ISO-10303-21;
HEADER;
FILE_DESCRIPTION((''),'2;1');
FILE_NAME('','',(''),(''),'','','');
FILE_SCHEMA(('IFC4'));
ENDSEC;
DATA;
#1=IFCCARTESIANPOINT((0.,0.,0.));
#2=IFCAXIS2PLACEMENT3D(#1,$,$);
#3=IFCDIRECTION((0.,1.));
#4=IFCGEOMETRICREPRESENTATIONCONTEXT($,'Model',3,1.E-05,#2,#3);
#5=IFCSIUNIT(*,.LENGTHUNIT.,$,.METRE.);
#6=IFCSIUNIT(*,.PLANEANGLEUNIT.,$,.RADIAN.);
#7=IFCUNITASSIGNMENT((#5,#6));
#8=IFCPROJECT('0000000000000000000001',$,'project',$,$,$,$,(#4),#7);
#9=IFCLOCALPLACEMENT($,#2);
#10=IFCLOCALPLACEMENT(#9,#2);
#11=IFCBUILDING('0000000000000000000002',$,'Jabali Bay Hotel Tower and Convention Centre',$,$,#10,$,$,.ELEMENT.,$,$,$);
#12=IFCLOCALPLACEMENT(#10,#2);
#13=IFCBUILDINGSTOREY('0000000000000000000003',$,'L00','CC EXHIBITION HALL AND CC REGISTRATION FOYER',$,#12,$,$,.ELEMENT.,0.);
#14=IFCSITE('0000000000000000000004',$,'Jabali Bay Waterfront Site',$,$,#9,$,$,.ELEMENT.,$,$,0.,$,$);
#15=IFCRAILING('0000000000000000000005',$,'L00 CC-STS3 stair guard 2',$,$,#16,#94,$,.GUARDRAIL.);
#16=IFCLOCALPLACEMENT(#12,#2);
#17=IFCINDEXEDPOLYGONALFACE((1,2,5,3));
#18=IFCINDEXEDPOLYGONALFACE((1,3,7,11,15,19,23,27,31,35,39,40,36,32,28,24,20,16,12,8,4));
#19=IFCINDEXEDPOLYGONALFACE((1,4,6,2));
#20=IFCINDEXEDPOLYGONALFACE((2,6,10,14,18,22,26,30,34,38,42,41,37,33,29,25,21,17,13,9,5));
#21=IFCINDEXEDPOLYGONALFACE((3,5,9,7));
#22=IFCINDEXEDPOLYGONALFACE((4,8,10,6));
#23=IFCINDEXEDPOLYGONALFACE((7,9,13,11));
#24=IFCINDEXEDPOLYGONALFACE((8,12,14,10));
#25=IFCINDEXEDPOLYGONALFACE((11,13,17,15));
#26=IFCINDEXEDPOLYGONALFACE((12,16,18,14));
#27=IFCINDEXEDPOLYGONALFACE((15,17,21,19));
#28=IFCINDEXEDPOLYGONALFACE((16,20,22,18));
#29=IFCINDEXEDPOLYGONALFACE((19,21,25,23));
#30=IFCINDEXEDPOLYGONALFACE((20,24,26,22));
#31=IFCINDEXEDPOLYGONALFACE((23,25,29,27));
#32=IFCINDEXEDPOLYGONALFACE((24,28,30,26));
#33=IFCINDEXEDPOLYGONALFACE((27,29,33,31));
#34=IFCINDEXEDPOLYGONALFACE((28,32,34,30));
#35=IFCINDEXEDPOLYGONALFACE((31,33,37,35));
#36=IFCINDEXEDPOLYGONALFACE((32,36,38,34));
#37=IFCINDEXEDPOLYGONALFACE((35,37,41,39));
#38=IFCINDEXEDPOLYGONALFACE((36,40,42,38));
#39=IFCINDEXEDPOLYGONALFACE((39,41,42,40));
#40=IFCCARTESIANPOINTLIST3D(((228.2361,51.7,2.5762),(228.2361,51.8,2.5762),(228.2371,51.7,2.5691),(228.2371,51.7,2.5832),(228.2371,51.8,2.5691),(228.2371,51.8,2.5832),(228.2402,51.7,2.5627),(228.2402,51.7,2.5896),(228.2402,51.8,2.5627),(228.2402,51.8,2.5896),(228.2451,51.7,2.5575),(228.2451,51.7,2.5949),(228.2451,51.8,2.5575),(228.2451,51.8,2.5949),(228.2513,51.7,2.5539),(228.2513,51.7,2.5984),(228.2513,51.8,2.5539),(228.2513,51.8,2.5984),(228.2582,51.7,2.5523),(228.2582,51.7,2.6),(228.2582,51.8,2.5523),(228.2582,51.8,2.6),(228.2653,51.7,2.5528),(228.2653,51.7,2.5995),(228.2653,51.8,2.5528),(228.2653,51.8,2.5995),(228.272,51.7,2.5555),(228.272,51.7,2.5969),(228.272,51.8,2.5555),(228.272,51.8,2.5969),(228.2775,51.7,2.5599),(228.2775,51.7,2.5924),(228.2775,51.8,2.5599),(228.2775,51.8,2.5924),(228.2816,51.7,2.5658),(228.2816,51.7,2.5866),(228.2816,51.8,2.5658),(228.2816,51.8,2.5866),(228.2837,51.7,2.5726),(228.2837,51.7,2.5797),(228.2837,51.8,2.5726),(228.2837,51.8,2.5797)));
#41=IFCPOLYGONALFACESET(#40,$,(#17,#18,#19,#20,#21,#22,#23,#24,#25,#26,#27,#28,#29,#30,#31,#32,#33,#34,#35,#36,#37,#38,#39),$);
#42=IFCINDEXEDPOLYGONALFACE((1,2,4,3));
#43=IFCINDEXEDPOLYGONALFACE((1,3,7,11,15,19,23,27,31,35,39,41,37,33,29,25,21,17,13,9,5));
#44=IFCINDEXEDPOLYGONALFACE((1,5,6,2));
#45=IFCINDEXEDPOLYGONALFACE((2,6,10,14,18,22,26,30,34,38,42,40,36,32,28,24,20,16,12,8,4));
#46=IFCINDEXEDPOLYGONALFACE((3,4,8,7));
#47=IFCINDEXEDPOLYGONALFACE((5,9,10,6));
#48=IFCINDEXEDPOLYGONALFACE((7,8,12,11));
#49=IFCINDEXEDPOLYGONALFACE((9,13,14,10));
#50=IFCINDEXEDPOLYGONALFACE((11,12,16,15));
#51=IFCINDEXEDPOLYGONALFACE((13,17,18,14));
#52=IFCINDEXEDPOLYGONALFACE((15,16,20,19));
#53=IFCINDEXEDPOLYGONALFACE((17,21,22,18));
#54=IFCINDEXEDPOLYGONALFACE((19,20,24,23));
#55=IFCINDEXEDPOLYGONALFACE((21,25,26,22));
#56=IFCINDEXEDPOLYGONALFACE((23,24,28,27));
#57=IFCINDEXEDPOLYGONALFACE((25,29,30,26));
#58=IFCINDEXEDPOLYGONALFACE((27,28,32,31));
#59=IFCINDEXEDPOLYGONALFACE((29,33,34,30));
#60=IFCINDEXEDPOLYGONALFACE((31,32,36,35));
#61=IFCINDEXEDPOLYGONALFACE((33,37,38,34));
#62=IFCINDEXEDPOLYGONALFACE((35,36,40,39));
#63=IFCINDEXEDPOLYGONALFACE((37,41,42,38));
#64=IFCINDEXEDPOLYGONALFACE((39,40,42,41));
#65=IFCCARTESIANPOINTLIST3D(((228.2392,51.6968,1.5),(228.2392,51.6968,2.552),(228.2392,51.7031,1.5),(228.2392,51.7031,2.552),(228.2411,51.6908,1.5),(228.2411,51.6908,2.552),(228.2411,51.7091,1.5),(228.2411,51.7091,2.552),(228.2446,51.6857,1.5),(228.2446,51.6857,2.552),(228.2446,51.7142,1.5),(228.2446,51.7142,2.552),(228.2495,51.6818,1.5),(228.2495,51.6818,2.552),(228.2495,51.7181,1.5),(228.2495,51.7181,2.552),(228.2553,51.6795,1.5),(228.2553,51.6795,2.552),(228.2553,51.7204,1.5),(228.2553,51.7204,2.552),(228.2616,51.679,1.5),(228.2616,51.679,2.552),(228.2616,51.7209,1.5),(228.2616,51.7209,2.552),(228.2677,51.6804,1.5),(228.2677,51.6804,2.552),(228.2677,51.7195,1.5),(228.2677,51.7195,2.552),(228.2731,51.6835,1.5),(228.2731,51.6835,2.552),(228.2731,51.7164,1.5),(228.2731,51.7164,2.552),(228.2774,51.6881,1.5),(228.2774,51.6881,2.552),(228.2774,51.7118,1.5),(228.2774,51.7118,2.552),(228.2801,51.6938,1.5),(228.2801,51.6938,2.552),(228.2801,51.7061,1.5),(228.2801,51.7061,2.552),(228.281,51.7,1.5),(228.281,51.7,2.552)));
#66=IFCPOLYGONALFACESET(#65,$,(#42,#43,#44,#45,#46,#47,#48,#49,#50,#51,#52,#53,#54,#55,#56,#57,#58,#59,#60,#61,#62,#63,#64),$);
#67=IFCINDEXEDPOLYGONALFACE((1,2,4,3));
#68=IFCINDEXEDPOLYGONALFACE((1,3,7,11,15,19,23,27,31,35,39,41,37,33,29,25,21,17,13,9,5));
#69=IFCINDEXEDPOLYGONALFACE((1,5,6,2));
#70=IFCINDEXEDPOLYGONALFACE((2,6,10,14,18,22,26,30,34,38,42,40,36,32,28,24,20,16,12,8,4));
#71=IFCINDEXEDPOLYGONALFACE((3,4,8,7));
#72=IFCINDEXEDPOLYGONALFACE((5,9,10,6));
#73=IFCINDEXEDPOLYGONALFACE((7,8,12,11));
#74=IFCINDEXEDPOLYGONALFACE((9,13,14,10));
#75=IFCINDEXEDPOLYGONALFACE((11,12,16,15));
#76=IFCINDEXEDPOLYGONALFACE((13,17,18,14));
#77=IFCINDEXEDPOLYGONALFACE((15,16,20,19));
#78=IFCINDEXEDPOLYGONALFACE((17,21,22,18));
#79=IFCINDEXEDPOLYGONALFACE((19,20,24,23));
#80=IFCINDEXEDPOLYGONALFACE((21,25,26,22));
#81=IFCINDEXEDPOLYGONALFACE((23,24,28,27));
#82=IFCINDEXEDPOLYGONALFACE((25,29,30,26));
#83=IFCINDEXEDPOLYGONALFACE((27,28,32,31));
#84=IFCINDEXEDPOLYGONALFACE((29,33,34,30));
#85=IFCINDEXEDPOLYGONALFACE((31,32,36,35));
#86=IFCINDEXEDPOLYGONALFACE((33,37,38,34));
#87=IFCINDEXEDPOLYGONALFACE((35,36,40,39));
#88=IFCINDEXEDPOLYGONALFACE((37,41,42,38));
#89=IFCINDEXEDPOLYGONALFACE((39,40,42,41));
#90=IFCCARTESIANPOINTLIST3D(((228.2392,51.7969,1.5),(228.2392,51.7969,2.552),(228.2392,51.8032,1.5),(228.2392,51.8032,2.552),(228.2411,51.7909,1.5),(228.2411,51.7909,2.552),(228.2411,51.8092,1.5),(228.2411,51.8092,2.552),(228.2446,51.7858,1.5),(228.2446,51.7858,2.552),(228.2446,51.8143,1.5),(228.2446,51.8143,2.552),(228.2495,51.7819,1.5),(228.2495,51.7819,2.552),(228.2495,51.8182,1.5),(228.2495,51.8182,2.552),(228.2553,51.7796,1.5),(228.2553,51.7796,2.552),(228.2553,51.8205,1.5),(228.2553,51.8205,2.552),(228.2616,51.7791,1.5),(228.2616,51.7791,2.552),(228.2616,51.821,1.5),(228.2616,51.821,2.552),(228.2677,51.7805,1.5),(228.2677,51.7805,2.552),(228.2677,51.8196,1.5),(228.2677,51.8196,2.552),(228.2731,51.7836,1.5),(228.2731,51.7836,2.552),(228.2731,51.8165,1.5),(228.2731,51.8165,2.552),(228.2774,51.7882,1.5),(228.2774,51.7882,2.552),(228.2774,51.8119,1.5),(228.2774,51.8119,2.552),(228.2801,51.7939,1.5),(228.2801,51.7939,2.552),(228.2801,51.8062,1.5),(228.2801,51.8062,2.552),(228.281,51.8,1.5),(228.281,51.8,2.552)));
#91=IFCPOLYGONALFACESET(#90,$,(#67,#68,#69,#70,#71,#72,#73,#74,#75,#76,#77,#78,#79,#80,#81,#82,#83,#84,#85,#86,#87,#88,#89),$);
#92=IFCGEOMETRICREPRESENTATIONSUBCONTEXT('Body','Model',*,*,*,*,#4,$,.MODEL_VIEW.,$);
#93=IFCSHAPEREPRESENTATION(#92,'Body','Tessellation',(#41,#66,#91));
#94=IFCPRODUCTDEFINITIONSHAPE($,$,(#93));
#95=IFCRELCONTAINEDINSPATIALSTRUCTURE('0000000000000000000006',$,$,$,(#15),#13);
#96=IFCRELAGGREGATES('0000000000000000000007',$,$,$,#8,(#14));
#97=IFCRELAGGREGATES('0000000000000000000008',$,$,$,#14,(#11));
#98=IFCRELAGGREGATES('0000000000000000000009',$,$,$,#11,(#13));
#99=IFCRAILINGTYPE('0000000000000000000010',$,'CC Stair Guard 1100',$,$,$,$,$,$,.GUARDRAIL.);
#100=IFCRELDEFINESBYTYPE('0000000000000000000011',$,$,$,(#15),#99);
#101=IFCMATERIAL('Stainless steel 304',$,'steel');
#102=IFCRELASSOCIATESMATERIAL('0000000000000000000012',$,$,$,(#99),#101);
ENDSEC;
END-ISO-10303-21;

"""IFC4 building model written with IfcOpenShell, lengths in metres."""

from ifc_helpers import new_model, si_unit, direction, frame, origin, origin_2d, place, context, subcontext, project, spatial, circle, extrude, material, type_object, element, save


model = new_model("IFC4")

# Units and contexts
model_context = context("Model", 3, precision=1e-05, world=origin(), true_north=direction((0.0, 1.0)))
body_context = subcontext(model_context, "Body", "Model", "MODEL_VIEW")
ifc_project = project(units=[si_unit("LENGTHUNIT", "METRE"), si_unit("PLANEANGLEUNIT", "RADIAN")], contexts=[model_context])

# Site, building, storey
site_placement = place(None, origin())
site = spatial("IfcSite", under=ifc_project, at=site_placement, Name="Jabali Bay Waterfront Site", CompositionType="ELEMENT", RefElevation=0.0)
building_placement = place(site_placement, origin())
building = spatial("IfcBuilding", under=site, at=building_placement, Name="Jabali Bay Hotel Tower and Convention Centre", CompositionType="ELEMENT")
storey_placement = place(building_placement, origin())
storey = spatial("IfcBuildingStorey", under=building, at=storey_placement, Name="L00", Description="CC EXHIBITION HALL AND CC REGISTRATION FOYER", CompositionType="ELEMENT", Elevation=0.0)

# Railing
ifc_material_1 = material(Name="Stainless steel 304", Category="steel")
railing_type_1 = type_object("IfcRailingType", Name="CC Stair Guard 1100", PredefinedType="GUARDRAIL", material=ifc_material_1)
railing_1_placement = place(storey_placement, frame((228.26, 51.7, 1.5)))
element("IfcRailing", 1, at=railing_1_placement, inside=storey, type_object=railing_type_1, Name="L00 CC-STS3 stair guard 2", PredefinedType="GUARDRAIL", context=body_context, shape_type="SweptSolid", body=[
    extrude(circle(Radius=0.0239, at=origin_2d()), frame((0.0, 0.0, 1.0762), z_axis=(0.0, 1.0, 0.0), x_axis=(-1.0, 0.0, 0.0)), (0.0, 0.0, 1.0), 0.1001),
    extrude(circle(Radius=0.021, at=origin_2d()), origin(), (0.0, 0.0, 1.0), 1.052),
    extrude(circle(Radius=0.021, at=origin_2d()), frame((0.0, 0.1001, 0.0)), (0.0, 0.0, 1.0), 1.052),
])

save(model, "model.ifc")
